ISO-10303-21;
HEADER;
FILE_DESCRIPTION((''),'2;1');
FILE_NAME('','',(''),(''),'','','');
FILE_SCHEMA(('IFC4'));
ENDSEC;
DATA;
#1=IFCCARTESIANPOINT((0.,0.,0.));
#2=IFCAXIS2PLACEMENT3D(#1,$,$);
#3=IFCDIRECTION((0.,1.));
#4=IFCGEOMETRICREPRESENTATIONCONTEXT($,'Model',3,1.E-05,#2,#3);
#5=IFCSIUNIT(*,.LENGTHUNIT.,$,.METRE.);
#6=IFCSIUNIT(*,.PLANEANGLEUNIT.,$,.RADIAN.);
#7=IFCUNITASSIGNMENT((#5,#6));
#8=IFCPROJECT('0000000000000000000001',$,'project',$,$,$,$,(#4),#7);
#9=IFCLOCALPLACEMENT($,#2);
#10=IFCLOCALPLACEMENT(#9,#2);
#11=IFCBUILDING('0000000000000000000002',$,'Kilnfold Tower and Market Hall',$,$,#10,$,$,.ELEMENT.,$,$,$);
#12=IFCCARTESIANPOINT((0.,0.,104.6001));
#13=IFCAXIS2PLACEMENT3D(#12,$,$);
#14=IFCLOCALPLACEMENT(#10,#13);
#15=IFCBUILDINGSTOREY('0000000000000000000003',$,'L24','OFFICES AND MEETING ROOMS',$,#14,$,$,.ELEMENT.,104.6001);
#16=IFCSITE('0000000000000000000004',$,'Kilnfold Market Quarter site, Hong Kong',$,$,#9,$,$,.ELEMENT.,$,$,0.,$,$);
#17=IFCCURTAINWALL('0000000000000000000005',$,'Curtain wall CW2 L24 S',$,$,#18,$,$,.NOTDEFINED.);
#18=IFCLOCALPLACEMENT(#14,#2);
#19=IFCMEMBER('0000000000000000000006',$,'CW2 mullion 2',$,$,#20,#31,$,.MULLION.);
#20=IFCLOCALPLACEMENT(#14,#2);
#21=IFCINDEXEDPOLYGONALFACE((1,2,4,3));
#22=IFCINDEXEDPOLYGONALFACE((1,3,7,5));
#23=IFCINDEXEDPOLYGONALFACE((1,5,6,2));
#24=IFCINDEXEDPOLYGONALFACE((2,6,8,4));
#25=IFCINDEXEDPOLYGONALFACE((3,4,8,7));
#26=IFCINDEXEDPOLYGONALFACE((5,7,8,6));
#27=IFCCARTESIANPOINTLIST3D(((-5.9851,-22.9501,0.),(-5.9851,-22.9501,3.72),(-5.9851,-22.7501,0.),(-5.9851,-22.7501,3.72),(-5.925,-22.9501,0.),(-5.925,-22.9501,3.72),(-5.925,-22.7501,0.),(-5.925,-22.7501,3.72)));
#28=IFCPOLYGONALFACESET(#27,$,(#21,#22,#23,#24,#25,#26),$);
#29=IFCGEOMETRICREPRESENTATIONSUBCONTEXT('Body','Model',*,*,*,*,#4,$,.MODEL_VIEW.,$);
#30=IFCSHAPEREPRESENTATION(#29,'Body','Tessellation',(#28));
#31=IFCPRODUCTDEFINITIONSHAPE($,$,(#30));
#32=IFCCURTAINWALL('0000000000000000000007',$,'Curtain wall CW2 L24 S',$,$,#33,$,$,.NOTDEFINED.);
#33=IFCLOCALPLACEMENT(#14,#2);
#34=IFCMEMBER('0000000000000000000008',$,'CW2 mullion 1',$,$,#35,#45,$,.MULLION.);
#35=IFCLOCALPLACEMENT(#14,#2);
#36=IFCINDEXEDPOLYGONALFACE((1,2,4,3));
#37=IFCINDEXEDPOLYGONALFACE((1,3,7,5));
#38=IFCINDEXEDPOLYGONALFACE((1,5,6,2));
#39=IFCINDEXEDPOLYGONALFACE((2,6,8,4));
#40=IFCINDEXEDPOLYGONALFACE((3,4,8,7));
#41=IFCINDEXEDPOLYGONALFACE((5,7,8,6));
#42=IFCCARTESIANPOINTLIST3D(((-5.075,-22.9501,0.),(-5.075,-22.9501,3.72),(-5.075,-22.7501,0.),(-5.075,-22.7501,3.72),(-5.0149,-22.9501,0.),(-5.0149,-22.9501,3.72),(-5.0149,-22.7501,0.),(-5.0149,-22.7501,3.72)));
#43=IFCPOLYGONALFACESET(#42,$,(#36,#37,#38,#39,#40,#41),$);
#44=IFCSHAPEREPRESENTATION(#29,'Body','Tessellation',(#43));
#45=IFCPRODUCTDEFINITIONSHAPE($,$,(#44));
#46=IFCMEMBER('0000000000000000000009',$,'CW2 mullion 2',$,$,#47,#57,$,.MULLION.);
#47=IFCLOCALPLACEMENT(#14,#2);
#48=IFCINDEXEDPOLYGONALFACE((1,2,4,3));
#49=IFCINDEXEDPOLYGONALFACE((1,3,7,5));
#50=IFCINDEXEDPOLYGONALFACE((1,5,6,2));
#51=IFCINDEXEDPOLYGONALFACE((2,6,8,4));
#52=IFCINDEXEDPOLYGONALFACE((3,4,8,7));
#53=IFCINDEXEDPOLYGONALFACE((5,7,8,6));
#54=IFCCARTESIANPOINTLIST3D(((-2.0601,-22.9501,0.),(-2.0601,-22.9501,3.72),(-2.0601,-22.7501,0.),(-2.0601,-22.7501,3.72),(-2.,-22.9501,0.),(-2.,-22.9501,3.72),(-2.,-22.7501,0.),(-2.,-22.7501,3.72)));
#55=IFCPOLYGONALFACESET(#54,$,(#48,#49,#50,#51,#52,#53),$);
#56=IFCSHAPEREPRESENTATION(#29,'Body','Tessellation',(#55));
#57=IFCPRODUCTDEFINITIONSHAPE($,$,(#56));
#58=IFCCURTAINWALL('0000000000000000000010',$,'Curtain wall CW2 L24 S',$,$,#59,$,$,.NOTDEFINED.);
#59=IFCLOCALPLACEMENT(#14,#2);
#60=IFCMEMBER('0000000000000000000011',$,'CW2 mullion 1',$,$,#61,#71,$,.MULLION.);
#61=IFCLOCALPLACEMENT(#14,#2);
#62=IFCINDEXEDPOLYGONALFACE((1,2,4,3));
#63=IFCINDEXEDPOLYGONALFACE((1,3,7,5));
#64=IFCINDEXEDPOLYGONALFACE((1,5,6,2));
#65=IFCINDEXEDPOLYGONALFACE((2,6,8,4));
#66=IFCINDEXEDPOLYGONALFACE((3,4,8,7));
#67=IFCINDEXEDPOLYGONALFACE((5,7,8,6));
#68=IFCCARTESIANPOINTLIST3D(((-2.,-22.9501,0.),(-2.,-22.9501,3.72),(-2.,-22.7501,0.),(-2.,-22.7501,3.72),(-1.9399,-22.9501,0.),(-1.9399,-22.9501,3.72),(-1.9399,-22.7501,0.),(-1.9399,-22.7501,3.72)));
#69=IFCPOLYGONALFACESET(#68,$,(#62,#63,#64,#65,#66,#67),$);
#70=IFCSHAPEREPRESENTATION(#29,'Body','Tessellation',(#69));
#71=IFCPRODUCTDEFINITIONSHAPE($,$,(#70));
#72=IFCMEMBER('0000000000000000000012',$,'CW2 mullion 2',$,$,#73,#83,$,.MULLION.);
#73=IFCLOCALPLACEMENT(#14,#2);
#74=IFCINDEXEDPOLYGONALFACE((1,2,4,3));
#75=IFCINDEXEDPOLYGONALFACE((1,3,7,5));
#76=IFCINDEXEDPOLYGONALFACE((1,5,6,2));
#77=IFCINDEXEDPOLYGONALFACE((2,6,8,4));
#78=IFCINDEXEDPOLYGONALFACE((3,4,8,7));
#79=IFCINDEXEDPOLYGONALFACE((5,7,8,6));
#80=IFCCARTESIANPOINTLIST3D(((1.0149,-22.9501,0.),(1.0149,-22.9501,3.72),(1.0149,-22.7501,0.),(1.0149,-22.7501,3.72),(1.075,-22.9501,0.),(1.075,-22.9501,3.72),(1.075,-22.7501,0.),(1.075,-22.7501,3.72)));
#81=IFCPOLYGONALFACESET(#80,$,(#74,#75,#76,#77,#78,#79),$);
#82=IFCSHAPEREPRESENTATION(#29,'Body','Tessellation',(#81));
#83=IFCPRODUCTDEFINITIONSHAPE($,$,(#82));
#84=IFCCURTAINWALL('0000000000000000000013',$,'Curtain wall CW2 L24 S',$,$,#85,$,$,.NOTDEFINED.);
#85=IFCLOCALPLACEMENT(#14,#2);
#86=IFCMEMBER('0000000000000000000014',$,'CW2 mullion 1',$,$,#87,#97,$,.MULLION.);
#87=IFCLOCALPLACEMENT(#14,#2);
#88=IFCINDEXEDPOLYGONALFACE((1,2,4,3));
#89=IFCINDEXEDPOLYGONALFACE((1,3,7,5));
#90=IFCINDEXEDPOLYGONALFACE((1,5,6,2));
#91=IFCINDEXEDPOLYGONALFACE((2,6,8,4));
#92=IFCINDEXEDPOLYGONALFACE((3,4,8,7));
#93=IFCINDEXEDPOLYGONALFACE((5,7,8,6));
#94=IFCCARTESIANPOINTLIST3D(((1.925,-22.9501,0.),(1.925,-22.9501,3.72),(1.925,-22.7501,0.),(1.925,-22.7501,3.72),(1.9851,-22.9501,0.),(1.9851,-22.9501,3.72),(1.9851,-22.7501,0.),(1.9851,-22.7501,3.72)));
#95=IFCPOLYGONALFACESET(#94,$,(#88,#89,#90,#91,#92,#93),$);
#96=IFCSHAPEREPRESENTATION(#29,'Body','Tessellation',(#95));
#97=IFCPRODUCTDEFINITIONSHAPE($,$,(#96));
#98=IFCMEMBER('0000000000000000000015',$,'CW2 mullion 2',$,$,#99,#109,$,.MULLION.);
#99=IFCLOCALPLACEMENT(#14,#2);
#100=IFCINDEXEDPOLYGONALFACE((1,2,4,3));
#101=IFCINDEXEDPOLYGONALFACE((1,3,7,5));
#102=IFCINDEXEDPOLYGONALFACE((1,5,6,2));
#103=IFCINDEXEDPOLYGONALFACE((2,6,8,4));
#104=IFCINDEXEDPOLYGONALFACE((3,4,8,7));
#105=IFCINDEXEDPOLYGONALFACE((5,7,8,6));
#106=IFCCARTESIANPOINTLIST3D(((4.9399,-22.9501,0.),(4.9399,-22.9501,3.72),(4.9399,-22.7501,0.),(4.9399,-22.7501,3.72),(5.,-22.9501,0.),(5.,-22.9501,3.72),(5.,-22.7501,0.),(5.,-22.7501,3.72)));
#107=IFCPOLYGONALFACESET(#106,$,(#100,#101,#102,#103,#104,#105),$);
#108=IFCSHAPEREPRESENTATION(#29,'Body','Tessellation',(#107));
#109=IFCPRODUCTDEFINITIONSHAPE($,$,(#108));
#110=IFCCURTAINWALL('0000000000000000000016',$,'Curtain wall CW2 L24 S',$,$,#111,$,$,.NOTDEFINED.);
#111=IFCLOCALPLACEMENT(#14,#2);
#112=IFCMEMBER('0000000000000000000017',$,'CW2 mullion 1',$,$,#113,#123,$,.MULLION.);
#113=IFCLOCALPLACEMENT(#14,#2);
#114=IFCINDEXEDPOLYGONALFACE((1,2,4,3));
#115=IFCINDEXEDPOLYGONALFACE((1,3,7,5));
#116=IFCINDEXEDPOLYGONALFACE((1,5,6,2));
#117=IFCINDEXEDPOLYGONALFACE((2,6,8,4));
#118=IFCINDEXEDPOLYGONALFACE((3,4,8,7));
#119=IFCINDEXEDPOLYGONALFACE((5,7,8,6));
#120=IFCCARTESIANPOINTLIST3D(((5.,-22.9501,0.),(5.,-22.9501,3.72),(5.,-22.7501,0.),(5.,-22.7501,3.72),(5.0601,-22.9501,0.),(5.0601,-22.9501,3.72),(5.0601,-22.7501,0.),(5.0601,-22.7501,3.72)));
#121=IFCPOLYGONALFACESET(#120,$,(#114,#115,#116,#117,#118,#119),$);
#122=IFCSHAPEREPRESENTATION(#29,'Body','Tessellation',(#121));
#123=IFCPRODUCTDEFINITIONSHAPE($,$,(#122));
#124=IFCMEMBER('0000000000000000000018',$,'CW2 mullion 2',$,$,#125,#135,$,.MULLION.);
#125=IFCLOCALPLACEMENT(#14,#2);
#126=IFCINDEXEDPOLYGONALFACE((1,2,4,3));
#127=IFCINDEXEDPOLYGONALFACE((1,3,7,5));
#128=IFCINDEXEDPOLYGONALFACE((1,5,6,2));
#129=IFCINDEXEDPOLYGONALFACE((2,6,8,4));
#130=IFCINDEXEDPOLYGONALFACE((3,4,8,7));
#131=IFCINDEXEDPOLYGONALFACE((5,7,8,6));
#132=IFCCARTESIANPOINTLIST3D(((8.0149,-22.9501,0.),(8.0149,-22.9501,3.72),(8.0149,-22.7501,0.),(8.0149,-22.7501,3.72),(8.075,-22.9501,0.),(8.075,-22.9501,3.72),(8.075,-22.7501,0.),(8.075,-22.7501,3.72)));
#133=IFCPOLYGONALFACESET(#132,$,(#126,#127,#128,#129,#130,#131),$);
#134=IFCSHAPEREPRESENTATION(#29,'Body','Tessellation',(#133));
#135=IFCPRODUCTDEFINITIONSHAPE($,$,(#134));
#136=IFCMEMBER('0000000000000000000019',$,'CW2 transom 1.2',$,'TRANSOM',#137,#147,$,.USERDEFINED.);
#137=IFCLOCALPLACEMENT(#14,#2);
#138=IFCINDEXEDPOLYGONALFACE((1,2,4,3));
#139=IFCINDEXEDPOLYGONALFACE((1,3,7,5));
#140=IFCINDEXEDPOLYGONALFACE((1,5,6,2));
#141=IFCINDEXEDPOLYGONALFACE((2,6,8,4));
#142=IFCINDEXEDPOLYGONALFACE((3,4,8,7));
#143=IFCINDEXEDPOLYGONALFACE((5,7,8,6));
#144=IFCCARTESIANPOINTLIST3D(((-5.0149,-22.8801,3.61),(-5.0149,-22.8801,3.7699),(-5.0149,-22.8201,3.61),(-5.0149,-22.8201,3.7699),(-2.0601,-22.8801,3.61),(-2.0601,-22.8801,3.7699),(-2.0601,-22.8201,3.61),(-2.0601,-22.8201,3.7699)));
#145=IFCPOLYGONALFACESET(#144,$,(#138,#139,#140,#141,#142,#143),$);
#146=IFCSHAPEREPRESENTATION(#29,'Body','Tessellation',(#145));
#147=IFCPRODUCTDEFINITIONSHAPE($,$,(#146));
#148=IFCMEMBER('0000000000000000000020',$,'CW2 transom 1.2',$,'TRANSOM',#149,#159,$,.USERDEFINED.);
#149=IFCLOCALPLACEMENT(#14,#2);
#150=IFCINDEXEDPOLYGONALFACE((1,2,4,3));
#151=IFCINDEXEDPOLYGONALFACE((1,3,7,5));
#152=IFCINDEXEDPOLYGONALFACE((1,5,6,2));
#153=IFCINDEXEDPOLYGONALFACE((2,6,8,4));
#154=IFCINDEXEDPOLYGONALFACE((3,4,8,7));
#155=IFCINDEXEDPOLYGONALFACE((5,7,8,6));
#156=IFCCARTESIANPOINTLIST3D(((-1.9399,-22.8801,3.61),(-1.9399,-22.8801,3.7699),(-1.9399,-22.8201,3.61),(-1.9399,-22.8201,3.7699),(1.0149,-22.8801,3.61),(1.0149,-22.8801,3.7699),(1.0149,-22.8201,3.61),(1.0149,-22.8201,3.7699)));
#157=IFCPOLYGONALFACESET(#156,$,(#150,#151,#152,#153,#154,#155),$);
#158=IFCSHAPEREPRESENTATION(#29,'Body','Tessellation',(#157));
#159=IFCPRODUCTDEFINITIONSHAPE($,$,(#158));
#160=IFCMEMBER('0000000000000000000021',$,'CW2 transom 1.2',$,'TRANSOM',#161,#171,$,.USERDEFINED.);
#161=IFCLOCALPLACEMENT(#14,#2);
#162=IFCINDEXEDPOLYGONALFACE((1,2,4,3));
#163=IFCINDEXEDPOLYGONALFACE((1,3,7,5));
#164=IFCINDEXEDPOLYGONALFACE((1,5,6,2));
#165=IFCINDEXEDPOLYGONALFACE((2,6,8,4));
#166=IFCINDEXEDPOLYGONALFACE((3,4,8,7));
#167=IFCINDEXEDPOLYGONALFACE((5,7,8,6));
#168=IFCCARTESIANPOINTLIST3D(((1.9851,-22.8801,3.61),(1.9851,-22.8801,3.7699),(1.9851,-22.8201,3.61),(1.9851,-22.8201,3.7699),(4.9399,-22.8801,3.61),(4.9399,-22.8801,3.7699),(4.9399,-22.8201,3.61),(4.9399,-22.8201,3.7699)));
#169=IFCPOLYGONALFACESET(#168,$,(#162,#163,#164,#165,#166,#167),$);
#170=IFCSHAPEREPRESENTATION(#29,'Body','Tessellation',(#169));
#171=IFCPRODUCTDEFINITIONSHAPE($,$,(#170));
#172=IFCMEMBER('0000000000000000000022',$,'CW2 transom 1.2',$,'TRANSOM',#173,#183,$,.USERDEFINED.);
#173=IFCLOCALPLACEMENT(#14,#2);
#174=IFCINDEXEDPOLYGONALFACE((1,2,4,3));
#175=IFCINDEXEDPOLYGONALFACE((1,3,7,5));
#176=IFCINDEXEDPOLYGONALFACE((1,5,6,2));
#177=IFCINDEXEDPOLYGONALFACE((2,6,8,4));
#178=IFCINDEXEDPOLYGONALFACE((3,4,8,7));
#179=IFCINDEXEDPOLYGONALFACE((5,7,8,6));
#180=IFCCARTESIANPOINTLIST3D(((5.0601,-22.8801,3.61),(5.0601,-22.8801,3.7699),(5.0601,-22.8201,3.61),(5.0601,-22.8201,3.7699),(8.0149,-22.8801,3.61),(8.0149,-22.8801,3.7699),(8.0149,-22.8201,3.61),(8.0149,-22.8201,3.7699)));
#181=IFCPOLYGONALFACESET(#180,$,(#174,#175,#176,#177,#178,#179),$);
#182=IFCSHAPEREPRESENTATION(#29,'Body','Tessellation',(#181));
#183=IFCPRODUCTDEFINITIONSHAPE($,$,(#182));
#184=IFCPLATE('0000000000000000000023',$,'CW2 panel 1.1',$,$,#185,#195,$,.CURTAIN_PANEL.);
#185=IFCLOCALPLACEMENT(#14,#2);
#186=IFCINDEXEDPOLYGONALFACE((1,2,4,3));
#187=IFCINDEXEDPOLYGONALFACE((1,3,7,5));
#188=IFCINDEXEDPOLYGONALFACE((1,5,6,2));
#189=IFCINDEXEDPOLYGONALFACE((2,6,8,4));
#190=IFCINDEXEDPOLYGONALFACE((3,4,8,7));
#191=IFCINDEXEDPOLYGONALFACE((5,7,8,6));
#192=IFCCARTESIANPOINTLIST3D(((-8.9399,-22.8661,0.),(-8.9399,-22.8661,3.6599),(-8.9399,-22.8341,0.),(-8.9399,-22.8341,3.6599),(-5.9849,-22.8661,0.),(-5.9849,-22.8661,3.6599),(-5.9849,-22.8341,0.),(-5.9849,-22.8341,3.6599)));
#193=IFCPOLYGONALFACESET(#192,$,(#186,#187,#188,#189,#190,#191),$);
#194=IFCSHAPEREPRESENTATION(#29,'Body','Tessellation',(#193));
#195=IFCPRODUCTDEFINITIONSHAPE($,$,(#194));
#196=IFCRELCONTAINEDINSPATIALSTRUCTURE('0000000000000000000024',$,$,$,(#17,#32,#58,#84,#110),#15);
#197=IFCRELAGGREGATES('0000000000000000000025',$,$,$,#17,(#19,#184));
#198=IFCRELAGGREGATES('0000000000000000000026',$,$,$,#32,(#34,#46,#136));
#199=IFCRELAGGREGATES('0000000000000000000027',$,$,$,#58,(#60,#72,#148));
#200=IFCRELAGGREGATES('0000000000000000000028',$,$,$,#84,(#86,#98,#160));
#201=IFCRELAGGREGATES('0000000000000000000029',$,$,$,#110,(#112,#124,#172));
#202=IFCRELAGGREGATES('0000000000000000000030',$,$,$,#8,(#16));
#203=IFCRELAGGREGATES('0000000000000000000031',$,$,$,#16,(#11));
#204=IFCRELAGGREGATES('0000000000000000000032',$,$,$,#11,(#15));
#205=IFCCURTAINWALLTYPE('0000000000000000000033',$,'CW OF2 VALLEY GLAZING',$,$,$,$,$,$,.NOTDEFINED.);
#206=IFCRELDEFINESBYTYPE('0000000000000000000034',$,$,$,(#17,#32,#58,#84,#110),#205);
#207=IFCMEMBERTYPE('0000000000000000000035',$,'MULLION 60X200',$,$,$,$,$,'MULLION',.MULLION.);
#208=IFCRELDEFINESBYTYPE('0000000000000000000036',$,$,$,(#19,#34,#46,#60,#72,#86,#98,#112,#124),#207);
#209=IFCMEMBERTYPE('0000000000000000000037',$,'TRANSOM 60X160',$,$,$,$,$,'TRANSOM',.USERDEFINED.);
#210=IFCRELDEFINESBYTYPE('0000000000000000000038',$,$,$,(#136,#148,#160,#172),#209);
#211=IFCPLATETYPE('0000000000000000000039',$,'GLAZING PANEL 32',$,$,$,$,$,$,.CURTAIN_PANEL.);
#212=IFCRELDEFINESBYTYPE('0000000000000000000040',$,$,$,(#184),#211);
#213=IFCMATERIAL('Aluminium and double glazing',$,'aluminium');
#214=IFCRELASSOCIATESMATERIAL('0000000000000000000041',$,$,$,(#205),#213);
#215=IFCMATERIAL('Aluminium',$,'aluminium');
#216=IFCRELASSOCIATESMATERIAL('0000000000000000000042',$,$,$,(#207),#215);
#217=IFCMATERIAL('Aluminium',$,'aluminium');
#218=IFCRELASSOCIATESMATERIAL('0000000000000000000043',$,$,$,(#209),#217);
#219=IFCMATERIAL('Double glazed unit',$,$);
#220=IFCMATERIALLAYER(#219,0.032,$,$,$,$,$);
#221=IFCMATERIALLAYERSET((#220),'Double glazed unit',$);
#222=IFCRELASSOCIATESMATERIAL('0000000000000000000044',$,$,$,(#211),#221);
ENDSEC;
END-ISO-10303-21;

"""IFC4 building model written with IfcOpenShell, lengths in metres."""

from ifc_helpers import new_model, si_unit, direction, frame, origin, origin_2d, place, context, subcontext, project, spatial, rectangle, extrude, source, transform, mapped, material, layer, layer_set, material_profile, profile_set, type_object, element, aggregate, save


model = new_model("IFC4")

# Units and contexts
model_context = context("Model", 3, precision=1e-05, world=origin(), true_north=direction((0.0, 1.0)))
body_context = subcontext(model_context, "Body", "Model", "MODEL_VIEW")
ifc_project = project(units=[si_unit("LENGTHUNIT", "METRE"), si_unit("PLANEANGLEUNIT", "RADIAN")], contexts=[model_context])

# Site, building, storey
site_placement = place(None, origin())
site = spatial("IfcSite", under=ifc_project, at=site_placement, Name="Kilnfold Market Quarter site, Hong Kong", CompositionType="ELEMENT", RefElevation=0.0)
building_placement = place(site_placement, origin())
building = spatial("IfcBuilding", under=site, at=building_placement, Name="Kilnfold Tower and Market Hall", CompositionType="ELEMENT")
storey_placement = place(building_placement, frame((0.0, 0.0, 104.6001)))
storey = spatial("IfcBuildingStorey", under=building, at=storey_placement, Name="L24", Description="OFFICES AND MEETING ROOMS", CompositionType="ELEMENT", Elevation=104.6001)

# Curtain wall, member
ifc_material_1 = material(Name="Aluminium and double glazing", Category="aluminium")
curtain_wall_type = type_object("IfcCurtainWallType", Name="CW OF2 VALLEY GLAZING", PredefinedType="NOTDEFINED", material=ifc_material_1)
curtain_wall_1_placement = place(storey_placement, origin())
curtain_wall_1 = element("IfcCurtainWall", 1, at=curtain_wall_1_placement, inside=storey, type_object=curtain_wall_type, Name="Curtain wall CW2 L24 S", PredefinedType="NOTDEFINED")
ifc_material_2 = material(Name="Aluminium", Category="aluminium")
ifc_material_profile_1 = material_profile(ifc_material_2, rectangle(XDim=0.0601, YDim=0.2, at=origin_2d()), Name="MULLION 60x200")
ifc_profile_set_1 = profile_set([ifc_material_profile_1], Name="Aluminium")
member_type_1 = type_object("IfcMemberType", Name="MULLION 60X200", ElementType="MULLION", PredefinedType="MULLION", material=ifc_profile_set_1)
shared_shape_1 = source(origin(), body_context, "Body", "SweptSolid", [
    extrude(rectangle(XDim=0.0601, YDim=0.2, at=origin_2d()), origin(), (0.0, 0.0, 1.0), 3.72),
])
member_1_placement = place(storey_placement, frame((-5.9551, -22.8501, 0.0), z_axis=(0.0, 0.0, 1.0), x_axis=(1.0, 0.0, 0.0)))
member_1 = element("IfcMember", 2, at=member_1_placement, type_object=member_type_1, Name="CW2 mullion 2", PredefinedType="MULLION", context=body_context, shape_type="MappedRepresentation", body=[
    mapped(shared_shape_1, transform((0.0, 0.0, 0.0))),
])

# Curtain walls, members
curtain_wall_2_placement = place(storey_placement, origin())
curtain_wall_2 = element("IfcCurtainWall", 3, at=curtain_wall_2_placement, inside=storey, type_object=curtain_wall_type, Name="Curtain wall CW2 L24 S", PredefinedType="NOTDEFINED")
member_2_placement = place(storey_placement, frame((-5.0449, -22.8501, 0.0), z_axis=(0.0, 0.0, 1.0), x_axis=(1.0, 0.0, 0.0)))
member_2 = element("IfcMember", 4, at=member_2_placement, type_object=member_type_1, Name="CW2 mullion 1", PredefinedType="MULLION", context=body_context, shape_type="MappedRepresentation", body=[
    mapped(shared_shape_1, transform((0.0, 0.0, 0.0))),
])
member_3_placement = place(storey_placement, frame((-2.03, -22.8501, 0.0), z_axis=(0.0, 0.0, 1.0), x_axis=(1.0, 0.0, 0.0)))
member_3 = element("IfcMember", 5, at=member_3_placement, type_object=member_type_1, Name="CW2 mullion 2", PredefinedType="MULLION", context=body_context, shape_type="MappedRepresentation", body=[
    mapped(shared_shape_1, transform((0.0, 0.0, 0.0))),
])
curtain_wall_3_placement = place(storey_placement, origin())
curtain_wall_3 = element("IfcCurtainWall", 6, at=curtain_wall_3_placement, inside=storey, type_object=curtain_wall_type, Name="Curtain wall CW2 L24 S", PredefinedType="NOTDEFINED")
member_4_placement = place(storey_placement, frame((-1.97, -22.8501, 0.0), z_axis=(0.0, 0.0, 1.0), x_axis=(1.0, 0.0, 0.0)))
member_4 = element("IfcMember", 7, at=member_4_placement, type_object=member_type_1, Name="CW2 mullion 1", PredefinedType="MULLION", context=body_context, shape_type="MappedRepresentation", body=[
    mapped(shared_shape_1, transform((0.0, 0.0, 0.0))),
])
member_5_placement = place(storey_placement, frame((1.0449, -22.8501, 0.0), z_axis=(0.0, 0.0, 1.0), x_axis=(1.0, 0.0, 0.0)))
member_5 = element("IfcMember", 8, at=member_5_placement, type_object=member_type_1, Name="CW2 mullion 2", PredefinedType="MULLION", context=body_context, shape_type="MappedRepresentation", body=[
    mapped(shared_shape_1, transform((0.0, 0.0, 0.0))),
])
curtain_wall_4_placement = place(storey_placement, origin())
curtain_wall_4 = element("IfcCurtainWall", 9, at=curtain_wall_4_placement, inside=storey, type_object=curtain_wall_type, Name="Curtain wall CW2 L24 S", PredefinedType="NOTDEFINED")
member_6_placement = place(storey_placement, frame((1.9551, -22.8501, 0.0), z_axis=(0.0, 0.0, 1.0), x_axis=(1.0, 0.0, 0.0)))
member_6 = element("IfcMember", 10, at=member_6_placement, type_object=member_type_1, Name="CW2 mullion 1", PredefinedType="MULLION", context=body_context, shape_type="MappedRepresentation", body=[
    mapped(shared_shape_1, transform((0.0, 0.0, 0.0))),
])
member_7_placement = place(storey_placement, frame((4.97, -22.8501, 0.0), z_axis=(0.0, 0.0, 1.0), x_axis=(1.0, 0.0, 0.0)))
member_7 = element("IfcMember", 11, at=member_7_placement, type_object=member_type_1, Name="CW2 mullion 2", PredefinedType="MULLION", context=body_context, shape_type="MappedRepresentation", body=[
    mapped(shared_shape_1, transform((0.0, 0.0, 0.0))),
])
curtain_wall_5_placement = place(storey_placement, origin())
curtain_wall_5 = element("IfcCurtainWall", 12, at=curtain_wall_5_placement, inside=storey, type_object=curtain_wall_type, Name="Curtain wall CW2 L24 S", PredefinedType="NOTDEFINED")
member_8_placement = place(storey_placement, frame((5.03, -22.8501, 0.0), z_axis=(0.0, 0.0, 1.0), x_axis=(1.0, 0.0, 0.0)))
member_8 = element("IfcMember", 13, at=member_8_placement, type_object=member_type_1, Name="CW2 mullion 1", PredefinedType="MULLION", context=body_context, shape_type="MappedRepresentation", body=[
    mapped(shared_shape_1, transform((0.0, 0.0, 0.0))),
])
member_9_placement = place(storey_placement, frame((8.0449, -22.8501, 0.0), z_axis=(0.0, 0.0, 1.0), x_axis=(1.0, 0.0, 0.0)))
member_9 = element("IfcMember", 14, at=member_9_placement, type_object=member_type_1, Name="CW2 mullion 2", PredefinedType="MULLION", context=body_context, shape_type="MappedRepresentation", body=[
    mapped(shared_shape_1, transform((0.0, 0.0, 0.0))),
])

# Members
ifc_material_3 = material(Name="Aluminium", Category="aluminium")
ifc_material_profile_2 = material_profile(ifc_material_3, rectangle(XDim=0.0601, YDim=0.1599, at=origin_2d()), Name="TRANSOM 60x160")
ifc_profile_set_2 = profile_set([ifc_material_profile_2], Name="Aluminium")
member_type_2 = type_object("IfcMemberType", Name="TRANSOM 60X160", ElementType="TRANSOM", PredefinedType="USERDEFINED", material=ifc_profile_set_2)
shared_shape_2 = source(origin(), body_context, "Body", "SweptSolid", [
    extrude(rectangle(XDim=0.0601, YDim=0.1599, at=origin_2d()), origin(), (0.0, 0.0, 1.0), 2.9548),
])
member_10_placement = place(storey_placement, frame((-5.0149, -22.8501, 3.6899), z_axis=(1.0, 0.0, 0.0), x_axis=(0.0, 1.0, 0.0)))
member_10 = element("IfcMember", 15, at=member_10_placement, type_object=member_type_2, Name="CW2 transom 1.2", ObjectType="TRANSOM", PredefinedType="USERDEFINED", context=body_context, shape_type="MappedRepresentation", body=[
    mapped(shared_shape_2, transform((0.0, 0.0, 0.0))),
])
member_11_placement = place(storey_placement, frame((-1.9399, -22.8501, 3.6899), z_axis=(1.0, 0.0, 0.0), x_axis=(0.0, 1.0, 0.0)))
member_11 = element("IfcMember", 16, at=member_11_placement, type_object=member_type_2, Name="CW2 transom 1.2", ObjectType="TRANSOM", PredefinedType="USERDEFINED", context=body_context, shape_type="MappedRepresentation", body=[
    mapped(shared_shape_2, transform((0.0, 0.0, 0.0))),
])
member_12_placement = place(storey_placement, frame((1.9851, -22.8501, 3.6899), z_axis=(1.0, 0.0, 0.0), x_axis=(0.0, 1.0, 0.0)))
member_12 = element("IfcMember", 17, at=member_12_placement, type_object=member_type_2, Name="CW2 transom 1.2", ObjectType="TRANSOM", PredefinedType="USERDEFINED", context=body_context, shape_type="MappedRepresentation", body=[
    mapped(shared_shape_2, transform((0.0, 0.0, 0.0))),
])
member_13_placement = place(storey_placement, frame((5.0601, -22.8501, 3.6899), z_axis=(1.0, 0.0, 0.0), x_axis=(0.0, 1.0, 0.0)))
member_13 = element("IfcMember", 18, at=member_13_placement, type_object=member_type_2, Name="CW2 transom 1.2", ObjectType="TRANSOM", PredefinedType="USERDEFINED", context=body_context, shape_type="MappedRepresentation", body=[
    mapped(shared_shape_2, transform((0.0, 0.0, 0.0))),
])

# Plate
ifc_material_4 = material(Name="Double glazed unit")
ifc_layer = layer(ifc_material_4, 0.032)
ifc_layer_set = layer_set([ifc_layer], Name="Double glazed unit")
plate_type = type_object("IfcPlateType", Name="GLAZING PANEL 32", PredefinedType="CURTAIN_PANEL", material=ifc_layer_set)
shared_shape_3 = source(origin(), body_context, "Body", "SweptSolid", [
    extrude(rectangle(XDim=2.9551, YDim=0.032, at=origin_2d()), origin(), (0.0, 0.0, 1.0), 3.6599),
])
plate_1_placement = place(storey_placement, frame((-7.4624, -22.8501, 0.0), z_axis=(0.0, 0.0, 1.0), x_axis=(1.0, 0.0, 0.0)))
plate_1 = element("IfcPlate", 19, at=plate_1_placement, type_object=plate_type, Name="CW2 panel 1.1", PredefinedType="CURTAIN_PANEL", context=body_context, shape_type="MappedRepresentation", body=[
    mapped(shared_shape_3, transform((0.0, 0.0, 0.0))),
])
aggregate(curtain_wall_1, [member_1, plate_1])
aggregate(curtain_wall_2, [member_2, member_3, member_10])
aggregate(curtain_wall_3, [member_4, member_5, member_11])
aggregate(curtain_wall_4, [member_6, member_7, member_12])
aggregate(curtain_wall_5, [member_8, member_9, member_13])

save(model, "model.ifc")
